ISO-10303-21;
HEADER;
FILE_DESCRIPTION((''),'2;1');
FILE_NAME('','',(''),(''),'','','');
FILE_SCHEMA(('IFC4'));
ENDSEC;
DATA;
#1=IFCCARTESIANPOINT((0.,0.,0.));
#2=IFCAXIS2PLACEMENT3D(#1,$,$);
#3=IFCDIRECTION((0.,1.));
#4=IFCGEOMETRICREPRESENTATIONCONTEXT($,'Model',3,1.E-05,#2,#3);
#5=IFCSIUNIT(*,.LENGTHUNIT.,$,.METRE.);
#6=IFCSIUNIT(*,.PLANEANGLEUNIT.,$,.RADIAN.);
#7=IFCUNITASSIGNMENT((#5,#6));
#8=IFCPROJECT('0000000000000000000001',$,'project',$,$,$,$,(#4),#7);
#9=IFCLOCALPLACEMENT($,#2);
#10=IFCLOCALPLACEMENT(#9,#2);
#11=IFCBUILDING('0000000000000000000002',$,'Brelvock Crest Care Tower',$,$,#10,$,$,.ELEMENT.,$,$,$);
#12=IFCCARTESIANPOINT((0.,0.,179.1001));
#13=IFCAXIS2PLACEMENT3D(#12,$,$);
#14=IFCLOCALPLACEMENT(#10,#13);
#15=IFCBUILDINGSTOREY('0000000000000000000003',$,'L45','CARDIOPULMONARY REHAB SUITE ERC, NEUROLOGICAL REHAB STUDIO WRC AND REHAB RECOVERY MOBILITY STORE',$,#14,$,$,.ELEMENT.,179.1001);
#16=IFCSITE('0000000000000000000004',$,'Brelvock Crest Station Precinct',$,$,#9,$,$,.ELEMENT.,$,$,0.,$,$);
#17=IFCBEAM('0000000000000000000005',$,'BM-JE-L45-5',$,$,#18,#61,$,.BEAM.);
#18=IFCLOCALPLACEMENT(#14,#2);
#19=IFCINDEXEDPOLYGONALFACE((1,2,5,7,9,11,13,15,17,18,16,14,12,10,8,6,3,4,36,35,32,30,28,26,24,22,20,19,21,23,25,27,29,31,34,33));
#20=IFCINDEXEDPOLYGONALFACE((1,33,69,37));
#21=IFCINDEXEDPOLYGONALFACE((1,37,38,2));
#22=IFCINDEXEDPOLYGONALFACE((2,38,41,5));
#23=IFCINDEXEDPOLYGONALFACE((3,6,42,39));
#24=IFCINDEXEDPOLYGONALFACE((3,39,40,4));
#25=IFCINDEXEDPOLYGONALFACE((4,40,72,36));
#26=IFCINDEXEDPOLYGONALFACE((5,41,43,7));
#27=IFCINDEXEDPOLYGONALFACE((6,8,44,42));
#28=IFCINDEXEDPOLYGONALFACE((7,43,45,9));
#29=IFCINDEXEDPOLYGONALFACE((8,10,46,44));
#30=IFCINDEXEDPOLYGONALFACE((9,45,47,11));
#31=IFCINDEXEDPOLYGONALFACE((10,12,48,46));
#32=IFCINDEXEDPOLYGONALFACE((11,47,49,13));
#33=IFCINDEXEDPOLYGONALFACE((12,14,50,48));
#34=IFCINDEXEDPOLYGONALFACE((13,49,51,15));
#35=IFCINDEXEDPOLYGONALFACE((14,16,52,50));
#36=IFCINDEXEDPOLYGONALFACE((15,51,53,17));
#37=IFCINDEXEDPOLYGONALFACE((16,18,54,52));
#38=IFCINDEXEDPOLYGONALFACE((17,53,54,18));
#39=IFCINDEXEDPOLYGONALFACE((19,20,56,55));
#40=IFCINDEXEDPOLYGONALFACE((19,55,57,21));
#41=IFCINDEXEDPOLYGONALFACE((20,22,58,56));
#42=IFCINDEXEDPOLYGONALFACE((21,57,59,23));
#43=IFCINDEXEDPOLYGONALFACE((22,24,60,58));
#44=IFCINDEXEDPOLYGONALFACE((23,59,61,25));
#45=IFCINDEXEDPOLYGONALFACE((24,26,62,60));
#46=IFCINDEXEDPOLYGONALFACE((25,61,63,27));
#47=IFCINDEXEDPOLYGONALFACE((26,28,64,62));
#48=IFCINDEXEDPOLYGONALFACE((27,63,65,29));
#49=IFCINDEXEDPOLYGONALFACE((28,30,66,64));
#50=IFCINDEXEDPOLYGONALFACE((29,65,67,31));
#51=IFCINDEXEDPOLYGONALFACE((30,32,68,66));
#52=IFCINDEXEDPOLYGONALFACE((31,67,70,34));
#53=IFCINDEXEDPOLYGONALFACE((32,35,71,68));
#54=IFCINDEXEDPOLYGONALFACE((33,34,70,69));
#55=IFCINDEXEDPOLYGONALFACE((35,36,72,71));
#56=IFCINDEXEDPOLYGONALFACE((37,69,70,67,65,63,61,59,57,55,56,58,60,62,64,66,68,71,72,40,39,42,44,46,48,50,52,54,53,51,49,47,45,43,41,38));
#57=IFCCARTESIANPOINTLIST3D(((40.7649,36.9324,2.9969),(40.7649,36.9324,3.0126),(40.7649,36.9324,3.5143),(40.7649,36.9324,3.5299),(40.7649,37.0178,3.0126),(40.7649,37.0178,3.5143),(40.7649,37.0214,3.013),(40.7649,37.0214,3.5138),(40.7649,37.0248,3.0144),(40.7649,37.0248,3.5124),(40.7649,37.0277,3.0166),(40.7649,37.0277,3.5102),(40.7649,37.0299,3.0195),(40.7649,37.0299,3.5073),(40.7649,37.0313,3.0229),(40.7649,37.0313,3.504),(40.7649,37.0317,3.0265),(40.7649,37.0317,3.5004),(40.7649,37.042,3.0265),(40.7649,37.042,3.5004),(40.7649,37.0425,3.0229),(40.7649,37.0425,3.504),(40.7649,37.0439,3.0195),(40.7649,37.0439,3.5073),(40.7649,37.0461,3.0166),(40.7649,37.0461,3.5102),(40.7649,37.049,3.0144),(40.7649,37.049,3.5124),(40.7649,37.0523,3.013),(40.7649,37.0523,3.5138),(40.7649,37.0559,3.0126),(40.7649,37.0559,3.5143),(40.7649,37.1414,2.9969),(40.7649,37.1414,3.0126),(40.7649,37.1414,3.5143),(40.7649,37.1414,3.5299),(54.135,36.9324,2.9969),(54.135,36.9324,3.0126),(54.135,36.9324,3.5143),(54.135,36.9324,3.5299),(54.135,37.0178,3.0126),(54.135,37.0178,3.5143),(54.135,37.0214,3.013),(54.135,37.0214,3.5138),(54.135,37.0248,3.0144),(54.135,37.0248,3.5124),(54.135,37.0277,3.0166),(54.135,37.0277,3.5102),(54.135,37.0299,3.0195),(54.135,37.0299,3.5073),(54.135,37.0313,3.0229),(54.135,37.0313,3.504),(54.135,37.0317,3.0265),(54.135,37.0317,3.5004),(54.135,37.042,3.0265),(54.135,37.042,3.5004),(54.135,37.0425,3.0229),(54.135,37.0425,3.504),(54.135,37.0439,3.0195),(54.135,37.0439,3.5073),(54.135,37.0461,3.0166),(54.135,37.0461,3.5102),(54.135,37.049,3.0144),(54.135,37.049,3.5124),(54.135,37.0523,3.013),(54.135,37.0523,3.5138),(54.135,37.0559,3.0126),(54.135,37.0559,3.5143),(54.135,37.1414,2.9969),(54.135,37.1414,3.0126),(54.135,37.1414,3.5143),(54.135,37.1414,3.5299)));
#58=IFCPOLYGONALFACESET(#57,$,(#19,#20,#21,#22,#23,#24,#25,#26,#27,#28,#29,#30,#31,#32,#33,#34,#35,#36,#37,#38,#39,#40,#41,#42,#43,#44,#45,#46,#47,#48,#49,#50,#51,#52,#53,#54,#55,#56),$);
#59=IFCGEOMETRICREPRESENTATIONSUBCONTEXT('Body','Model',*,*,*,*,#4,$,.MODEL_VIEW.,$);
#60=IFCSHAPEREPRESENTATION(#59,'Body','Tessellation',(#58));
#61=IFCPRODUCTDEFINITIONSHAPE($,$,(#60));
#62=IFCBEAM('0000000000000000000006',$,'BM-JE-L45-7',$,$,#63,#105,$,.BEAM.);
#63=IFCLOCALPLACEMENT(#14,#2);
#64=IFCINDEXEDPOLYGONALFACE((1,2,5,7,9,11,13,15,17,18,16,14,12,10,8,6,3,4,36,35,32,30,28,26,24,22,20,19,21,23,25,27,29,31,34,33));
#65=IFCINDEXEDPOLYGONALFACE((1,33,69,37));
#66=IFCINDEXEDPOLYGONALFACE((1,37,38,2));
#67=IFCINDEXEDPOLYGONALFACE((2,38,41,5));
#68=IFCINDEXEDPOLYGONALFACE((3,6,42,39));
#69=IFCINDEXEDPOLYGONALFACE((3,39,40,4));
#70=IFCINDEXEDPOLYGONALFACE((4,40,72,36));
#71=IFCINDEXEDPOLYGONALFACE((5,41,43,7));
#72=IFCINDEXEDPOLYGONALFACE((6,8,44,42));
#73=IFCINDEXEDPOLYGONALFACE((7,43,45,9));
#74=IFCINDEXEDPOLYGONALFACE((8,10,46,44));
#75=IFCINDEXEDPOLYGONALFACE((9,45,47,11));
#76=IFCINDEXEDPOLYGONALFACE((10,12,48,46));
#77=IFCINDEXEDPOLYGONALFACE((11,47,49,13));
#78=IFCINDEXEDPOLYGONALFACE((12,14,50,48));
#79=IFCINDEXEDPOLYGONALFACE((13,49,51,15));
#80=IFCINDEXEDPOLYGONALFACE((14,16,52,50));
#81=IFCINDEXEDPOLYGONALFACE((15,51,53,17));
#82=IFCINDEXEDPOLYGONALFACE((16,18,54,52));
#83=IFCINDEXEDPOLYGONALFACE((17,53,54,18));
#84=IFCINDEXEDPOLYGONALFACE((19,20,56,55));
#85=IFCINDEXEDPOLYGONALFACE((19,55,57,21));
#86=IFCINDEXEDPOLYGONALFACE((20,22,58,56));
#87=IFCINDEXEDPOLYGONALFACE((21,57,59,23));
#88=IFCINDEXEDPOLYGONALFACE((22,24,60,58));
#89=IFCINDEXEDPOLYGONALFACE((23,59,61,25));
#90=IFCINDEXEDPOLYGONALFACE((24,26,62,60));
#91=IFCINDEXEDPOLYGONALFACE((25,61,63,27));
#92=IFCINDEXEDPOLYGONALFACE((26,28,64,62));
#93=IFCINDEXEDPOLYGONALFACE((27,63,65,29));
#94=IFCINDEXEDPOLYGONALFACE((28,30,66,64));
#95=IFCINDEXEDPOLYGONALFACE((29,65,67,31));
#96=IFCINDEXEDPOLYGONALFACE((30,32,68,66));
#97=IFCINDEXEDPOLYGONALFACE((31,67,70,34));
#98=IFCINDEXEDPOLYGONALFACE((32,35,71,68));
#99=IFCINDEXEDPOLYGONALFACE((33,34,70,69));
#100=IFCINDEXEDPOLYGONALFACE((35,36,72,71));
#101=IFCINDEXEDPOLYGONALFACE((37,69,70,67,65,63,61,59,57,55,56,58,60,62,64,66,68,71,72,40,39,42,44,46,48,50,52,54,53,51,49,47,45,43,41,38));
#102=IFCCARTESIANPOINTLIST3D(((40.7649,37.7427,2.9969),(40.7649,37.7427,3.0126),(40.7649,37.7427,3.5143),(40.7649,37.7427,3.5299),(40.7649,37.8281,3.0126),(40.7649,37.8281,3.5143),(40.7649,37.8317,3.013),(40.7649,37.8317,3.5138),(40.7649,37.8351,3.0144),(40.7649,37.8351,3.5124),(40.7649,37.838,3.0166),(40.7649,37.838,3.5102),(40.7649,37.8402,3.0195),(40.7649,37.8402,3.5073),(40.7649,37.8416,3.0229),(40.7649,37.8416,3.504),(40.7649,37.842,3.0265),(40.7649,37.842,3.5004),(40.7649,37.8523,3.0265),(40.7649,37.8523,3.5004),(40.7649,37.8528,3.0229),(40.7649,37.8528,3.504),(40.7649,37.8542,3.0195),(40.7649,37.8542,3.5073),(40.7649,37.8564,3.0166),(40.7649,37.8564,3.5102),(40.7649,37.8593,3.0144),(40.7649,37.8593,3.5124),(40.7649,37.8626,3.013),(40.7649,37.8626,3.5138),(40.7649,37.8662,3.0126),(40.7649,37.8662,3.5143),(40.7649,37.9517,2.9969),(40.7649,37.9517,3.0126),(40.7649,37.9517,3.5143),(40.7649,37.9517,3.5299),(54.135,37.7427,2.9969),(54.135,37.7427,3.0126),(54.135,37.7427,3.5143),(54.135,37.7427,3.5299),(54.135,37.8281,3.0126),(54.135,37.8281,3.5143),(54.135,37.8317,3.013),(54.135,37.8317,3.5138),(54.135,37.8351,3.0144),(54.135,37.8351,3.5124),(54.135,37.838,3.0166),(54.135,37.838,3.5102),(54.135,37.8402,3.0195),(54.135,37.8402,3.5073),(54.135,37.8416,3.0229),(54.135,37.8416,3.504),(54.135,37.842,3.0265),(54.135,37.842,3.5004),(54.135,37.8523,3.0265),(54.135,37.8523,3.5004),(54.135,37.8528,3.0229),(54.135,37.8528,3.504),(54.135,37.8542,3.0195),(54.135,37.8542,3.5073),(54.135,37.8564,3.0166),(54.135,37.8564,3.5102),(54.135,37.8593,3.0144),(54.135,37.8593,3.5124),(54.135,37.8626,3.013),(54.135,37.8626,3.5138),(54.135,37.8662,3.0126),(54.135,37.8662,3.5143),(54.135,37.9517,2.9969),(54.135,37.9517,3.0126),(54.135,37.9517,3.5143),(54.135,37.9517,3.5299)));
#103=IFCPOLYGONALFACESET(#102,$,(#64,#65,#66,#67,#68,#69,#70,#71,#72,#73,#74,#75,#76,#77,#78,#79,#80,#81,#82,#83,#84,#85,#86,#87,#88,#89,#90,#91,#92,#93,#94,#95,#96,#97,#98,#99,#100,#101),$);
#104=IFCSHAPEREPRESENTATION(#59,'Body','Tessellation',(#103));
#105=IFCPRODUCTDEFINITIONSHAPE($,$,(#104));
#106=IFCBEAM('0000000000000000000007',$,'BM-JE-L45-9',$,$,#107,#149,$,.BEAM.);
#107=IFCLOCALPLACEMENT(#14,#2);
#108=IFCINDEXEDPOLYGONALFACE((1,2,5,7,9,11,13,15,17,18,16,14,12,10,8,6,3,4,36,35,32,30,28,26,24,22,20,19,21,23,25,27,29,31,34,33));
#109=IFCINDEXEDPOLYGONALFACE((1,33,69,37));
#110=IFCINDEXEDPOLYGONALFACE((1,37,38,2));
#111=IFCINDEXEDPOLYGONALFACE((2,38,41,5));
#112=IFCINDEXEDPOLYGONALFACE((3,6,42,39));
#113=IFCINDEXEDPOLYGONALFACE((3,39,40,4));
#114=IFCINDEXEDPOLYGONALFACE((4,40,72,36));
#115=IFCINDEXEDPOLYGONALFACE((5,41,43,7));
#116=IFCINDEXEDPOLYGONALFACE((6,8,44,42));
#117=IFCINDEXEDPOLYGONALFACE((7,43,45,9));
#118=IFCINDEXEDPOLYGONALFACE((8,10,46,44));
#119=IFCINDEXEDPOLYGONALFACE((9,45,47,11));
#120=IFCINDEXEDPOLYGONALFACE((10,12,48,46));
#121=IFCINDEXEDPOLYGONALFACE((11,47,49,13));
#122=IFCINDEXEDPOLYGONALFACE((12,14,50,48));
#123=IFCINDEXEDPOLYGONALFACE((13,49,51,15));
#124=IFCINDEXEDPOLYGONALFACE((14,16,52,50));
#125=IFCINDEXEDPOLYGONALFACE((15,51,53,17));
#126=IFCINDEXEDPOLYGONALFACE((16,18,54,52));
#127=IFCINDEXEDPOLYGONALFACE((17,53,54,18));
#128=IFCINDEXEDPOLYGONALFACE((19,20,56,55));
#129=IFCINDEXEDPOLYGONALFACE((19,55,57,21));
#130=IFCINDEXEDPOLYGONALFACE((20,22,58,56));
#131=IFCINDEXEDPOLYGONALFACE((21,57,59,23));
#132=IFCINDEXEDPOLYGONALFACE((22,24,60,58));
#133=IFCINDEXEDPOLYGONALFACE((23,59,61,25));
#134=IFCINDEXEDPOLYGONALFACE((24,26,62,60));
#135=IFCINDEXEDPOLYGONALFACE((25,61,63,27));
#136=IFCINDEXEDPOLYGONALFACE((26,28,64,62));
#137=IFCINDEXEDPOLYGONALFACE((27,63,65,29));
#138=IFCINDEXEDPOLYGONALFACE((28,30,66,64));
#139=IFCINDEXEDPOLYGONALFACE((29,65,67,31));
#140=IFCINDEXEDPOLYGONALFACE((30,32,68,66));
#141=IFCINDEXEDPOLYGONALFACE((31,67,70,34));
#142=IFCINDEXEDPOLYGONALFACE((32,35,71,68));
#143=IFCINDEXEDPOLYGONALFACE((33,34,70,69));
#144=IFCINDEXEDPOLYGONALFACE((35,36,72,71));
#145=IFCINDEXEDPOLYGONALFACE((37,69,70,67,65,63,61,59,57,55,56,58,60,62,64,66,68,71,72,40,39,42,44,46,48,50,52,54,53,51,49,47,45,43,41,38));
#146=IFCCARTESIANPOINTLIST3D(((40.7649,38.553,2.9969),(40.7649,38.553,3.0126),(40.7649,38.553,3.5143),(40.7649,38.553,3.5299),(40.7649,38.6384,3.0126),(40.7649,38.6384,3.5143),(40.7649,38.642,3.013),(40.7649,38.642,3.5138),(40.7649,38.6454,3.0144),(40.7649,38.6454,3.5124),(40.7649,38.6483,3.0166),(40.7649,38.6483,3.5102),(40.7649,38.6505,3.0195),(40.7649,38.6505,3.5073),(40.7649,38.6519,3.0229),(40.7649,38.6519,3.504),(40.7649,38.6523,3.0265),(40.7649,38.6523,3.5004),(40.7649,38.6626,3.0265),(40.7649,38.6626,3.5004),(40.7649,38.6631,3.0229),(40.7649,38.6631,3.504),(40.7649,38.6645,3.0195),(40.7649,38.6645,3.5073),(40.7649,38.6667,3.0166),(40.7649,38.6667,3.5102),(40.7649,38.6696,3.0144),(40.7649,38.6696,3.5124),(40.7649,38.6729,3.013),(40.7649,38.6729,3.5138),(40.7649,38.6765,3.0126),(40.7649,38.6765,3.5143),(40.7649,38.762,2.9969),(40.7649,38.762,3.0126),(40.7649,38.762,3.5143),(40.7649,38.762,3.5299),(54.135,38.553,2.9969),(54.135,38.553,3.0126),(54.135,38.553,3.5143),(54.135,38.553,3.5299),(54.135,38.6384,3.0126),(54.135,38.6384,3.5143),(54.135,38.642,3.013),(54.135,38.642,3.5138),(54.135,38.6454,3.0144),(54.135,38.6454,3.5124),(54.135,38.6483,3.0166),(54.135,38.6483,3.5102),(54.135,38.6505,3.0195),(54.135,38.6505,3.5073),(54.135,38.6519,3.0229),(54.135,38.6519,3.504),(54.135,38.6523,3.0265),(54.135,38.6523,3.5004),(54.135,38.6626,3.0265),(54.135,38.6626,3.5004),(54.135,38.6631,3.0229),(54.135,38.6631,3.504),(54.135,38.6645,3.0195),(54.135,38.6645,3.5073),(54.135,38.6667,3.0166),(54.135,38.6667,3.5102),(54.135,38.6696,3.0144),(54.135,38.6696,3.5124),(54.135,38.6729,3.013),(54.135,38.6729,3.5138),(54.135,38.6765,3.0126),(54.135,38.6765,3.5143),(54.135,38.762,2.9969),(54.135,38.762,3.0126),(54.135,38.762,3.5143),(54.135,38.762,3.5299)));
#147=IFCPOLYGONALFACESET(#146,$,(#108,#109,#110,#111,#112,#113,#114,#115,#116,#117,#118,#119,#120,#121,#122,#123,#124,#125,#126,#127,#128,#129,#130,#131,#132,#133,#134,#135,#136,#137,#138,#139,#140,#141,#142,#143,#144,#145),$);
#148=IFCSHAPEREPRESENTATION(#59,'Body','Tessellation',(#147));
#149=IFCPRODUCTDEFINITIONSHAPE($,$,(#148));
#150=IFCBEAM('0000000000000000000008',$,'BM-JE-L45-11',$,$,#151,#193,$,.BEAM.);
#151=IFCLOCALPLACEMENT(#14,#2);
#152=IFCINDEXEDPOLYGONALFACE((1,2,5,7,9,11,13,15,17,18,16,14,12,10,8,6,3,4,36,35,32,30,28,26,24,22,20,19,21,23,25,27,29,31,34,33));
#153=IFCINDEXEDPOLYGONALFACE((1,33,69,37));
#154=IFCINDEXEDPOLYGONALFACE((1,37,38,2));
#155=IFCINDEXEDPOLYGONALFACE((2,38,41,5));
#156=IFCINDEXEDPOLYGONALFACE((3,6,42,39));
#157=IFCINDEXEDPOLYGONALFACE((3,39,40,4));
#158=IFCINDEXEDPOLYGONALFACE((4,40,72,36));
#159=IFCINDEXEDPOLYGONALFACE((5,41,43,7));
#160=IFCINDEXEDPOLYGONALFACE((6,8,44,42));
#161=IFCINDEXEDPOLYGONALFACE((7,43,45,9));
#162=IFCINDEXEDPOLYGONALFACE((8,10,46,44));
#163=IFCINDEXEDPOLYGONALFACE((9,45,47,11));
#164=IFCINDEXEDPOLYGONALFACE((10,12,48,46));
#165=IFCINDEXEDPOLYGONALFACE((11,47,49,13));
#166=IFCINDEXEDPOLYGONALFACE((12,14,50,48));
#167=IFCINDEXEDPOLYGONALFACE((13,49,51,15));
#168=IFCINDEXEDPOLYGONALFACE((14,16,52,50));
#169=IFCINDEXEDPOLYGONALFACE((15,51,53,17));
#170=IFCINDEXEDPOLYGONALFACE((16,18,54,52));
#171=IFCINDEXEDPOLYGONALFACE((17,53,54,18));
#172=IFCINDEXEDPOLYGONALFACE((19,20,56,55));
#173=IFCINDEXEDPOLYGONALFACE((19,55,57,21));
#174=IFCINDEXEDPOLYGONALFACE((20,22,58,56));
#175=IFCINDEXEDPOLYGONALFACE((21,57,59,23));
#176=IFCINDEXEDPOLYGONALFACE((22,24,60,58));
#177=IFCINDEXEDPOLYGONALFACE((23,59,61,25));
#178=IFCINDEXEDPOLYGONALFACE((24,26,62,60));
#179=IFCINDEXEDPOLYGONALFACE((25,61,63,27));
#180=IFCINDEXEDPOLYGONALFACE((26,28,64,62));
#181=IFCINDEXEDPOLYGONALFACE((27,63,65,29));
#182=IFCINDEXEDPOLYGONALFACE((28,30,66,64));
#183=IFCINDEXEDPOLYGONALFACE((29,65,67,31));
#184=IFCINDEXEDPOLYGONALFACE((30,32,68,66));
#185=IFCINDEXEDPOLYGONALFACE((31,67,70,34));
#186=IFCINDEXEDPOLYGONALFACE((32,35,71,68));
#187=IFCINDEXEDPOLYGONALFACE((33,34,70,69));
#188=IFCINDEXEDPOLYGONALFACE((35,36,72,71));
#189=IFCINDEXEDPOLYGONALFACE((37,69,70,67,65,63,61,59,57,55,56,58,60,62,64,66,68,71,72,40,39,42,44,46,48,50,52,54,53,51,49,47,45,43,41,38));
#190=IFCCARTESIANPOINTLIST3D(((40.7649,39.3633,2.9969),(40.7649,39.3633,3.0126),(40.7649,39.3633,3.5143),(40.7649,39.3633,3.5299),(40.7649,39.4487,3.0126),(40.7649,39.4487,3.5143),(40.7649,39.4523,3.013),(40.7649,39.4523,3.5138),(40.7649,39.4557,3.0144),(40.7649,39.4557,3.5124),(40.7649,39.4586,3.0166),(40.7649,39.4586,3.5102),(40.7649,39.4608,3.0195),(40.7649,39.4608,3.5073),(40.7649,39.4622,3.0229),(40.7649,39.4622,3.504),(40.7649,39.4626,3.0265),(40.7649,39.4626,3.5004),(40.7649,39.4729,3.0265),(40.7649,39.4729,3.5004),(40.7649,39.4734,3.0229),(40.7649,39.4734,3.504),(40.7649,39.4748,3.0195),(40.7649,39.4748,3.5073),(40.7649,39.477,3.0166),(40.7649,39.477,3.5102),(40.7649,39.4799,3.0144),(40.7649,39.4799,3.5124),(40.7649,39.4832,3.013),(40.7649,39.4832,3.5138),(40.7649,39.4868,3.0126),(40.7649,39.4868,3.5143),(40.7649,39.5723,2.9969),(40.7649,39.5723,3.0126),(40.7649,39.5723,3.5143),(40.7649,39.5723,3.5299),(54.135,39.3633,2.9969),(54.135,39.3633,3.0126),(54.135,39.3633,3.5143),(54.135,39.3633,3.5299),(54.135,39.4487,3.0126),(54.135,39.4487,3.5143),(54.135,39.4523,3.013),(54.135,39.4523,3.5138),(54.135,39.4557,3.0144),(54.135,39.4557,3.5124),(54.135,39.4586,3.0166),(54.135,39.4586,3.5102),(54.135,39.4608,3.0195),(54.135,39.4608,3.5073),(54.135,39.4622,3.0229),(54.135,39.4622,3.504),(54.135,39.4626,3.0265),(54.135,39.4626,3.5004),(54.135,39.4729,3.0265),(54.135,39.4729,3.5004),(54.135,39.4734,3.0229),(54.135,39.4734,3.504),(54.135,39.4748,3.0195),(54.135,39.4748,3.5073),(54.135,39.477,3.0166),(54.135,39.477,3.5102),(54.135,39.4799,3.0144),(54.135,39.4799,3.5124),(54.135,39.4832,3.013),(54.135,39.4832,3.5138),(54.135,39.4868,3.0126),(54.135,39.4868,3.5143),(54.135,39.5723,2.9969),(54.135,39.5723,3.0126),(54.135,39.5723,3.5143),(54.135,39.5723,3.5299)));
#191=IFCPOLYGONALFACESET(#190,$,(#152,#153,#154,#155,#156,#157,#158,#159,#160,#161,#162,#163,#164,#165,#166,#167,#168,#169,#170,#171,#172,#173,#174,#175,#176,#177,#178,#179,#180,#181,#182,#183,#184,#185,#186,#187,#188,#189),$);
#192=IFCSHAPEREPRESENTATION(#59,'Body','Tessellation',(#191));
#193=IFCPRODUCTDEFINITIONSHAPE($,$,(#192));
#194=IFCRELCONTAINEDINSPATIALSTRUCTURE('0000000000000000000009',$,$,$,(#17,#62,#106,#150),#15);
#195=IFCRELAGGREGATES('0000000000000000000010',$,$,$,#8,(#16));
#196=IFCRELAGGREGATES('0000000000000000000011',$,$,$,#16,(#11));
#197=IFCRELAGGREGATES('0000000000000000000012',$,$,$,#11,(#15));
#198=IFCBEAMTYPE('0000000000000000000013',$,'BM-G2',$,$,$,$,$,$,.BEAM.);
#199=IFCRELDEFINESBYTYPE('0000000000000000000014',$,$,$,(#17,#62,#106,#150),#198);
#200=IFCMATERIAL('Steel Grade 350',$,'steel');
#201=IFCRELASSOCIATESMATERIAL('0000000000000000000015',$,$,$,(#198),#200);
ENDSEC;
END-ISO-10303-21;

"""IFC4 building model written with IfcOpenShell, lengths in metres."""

from ifc_helpers import new_model, si_unit, direction, frame, origin, origin_2d, place, context, subcontext, project, spatial, i_section, extrude, source, transform, mapped, material, material_profile, profile_set, type_object, element, save


model = new_model("IFC4")

# Units and contexts
model_context = context("Model", 3, precision=1e-05, world=origin(), true_north=direction((0.0, 1.0)))
body_context = subcontext(model_context, "Body", "Model", "MODEL_VIEW")
ifc_project = project(units=[si_unit("LENGTHUNIT", "METRE"), si_unit("PLANEANGLEUNIT", "RADIAN")], contexts=[model_context])

# Site, building, storey
site_placement = place(None, origin())
site = spatial("IfcSite", under=ifc_project, at=site_placement, Name="Brelvock Crest Station Precinct", CompositionType="ELEMENT", RefElevation=0.0)
building_placement = place(site_placement, origin())
building = spatial("IfcBuilding", under=site, at=building_placement, Name="Brelvock Crest Care Tower", CompositionType="ELEMENT")
storey_placement = place(building_placement, frame((0.0, 0.0, 179.1001)))
storey = spatial("IfcBuildingStorey", under=building, at=storey_placement, Name="L45", Description="CARDIOPULMONARY REHAB SUITE ERC, NEUROLOGICAL REHAB STUDIO WRC AND REHAB RECOVERY MOBILITY STORE", CompositionType="ELEMENT", Elevation=179.1001)

# Beams
ifc_material_1 = material(Name="Steel Grade 350", Category="steel")
ifc_material_profile_1 = material_profile(ifc_material_1, i_section(OverallWidth=0.209, OverallDepth=0.533, WebThickness=0.0103, FlangeThickness=0.0156, FilletRadius=0.0139, at=origin_2d()), Name="530UB92.4")
ifc_profile_set_1 = profile_set([ifc_material_profile_1], Name="Steel Grade 350")
beam_type_1 = type_object("IfcBeamType", Name="BM-G2", PredefinedType="BEAM", material=ifc_profile_set_1)
shared_shape_1 = source(origin(), body_context, "Body", "SweptSolid", [
    extrude(i_section(OverallWidth=0.209, OverallDepth=0.533, WebThickness=0.0103, FlangeThickness=0.0156, FilletRadius=0.0139, at=origin_2d()), origin(), (0.0, 0.0, 1.0), 13.3701),
])
for number, where, z_axis, x_axis, name in (
    (1, (40.7649, 37.0369, 3.2634), (1.0, 0.0, 0.0), (0.0, 1.0, 0.0), "BM-JE-L45-5"),
    (2, (40.7649, 37.8472, 3.2634), (1.0, 0.0, 0.0), (0.0, 1.0, 0.0), "BM-JE-L45-7"),
    (3, (40.7649, 38.6575, 3.2634), (1.0, 0.0, 0.0), (0.0, 1.0, 0.0), "BM-JE-L45-9"),
    (4, (40.7649, 39.4678, 3.2634), (1.0, 0.0, 0.0), (0.0, 1.0, 0.0), "BM-JE-L45-11"),
):
    element("IfcBeam", number, at=place(storey_placement, frame(where, z_axis=z_axis, x_axis=x_axis)), inside=storey, type_object=beam_type_1, Name=name, PredefinedType="BEAM", context=body_context, shape_type="MappedRepresentation", body=[
        mapped(shared_shape_1, transform((0.0, 0.0, 0.0), x_axis=(1.0, 0.0, 0.0), y_axis=(0.0, 1.0, 0.0), z_axis=(0.0, 0.0, 1.0), scale=1.0)),
    ])

save(model, "model.ifc")
